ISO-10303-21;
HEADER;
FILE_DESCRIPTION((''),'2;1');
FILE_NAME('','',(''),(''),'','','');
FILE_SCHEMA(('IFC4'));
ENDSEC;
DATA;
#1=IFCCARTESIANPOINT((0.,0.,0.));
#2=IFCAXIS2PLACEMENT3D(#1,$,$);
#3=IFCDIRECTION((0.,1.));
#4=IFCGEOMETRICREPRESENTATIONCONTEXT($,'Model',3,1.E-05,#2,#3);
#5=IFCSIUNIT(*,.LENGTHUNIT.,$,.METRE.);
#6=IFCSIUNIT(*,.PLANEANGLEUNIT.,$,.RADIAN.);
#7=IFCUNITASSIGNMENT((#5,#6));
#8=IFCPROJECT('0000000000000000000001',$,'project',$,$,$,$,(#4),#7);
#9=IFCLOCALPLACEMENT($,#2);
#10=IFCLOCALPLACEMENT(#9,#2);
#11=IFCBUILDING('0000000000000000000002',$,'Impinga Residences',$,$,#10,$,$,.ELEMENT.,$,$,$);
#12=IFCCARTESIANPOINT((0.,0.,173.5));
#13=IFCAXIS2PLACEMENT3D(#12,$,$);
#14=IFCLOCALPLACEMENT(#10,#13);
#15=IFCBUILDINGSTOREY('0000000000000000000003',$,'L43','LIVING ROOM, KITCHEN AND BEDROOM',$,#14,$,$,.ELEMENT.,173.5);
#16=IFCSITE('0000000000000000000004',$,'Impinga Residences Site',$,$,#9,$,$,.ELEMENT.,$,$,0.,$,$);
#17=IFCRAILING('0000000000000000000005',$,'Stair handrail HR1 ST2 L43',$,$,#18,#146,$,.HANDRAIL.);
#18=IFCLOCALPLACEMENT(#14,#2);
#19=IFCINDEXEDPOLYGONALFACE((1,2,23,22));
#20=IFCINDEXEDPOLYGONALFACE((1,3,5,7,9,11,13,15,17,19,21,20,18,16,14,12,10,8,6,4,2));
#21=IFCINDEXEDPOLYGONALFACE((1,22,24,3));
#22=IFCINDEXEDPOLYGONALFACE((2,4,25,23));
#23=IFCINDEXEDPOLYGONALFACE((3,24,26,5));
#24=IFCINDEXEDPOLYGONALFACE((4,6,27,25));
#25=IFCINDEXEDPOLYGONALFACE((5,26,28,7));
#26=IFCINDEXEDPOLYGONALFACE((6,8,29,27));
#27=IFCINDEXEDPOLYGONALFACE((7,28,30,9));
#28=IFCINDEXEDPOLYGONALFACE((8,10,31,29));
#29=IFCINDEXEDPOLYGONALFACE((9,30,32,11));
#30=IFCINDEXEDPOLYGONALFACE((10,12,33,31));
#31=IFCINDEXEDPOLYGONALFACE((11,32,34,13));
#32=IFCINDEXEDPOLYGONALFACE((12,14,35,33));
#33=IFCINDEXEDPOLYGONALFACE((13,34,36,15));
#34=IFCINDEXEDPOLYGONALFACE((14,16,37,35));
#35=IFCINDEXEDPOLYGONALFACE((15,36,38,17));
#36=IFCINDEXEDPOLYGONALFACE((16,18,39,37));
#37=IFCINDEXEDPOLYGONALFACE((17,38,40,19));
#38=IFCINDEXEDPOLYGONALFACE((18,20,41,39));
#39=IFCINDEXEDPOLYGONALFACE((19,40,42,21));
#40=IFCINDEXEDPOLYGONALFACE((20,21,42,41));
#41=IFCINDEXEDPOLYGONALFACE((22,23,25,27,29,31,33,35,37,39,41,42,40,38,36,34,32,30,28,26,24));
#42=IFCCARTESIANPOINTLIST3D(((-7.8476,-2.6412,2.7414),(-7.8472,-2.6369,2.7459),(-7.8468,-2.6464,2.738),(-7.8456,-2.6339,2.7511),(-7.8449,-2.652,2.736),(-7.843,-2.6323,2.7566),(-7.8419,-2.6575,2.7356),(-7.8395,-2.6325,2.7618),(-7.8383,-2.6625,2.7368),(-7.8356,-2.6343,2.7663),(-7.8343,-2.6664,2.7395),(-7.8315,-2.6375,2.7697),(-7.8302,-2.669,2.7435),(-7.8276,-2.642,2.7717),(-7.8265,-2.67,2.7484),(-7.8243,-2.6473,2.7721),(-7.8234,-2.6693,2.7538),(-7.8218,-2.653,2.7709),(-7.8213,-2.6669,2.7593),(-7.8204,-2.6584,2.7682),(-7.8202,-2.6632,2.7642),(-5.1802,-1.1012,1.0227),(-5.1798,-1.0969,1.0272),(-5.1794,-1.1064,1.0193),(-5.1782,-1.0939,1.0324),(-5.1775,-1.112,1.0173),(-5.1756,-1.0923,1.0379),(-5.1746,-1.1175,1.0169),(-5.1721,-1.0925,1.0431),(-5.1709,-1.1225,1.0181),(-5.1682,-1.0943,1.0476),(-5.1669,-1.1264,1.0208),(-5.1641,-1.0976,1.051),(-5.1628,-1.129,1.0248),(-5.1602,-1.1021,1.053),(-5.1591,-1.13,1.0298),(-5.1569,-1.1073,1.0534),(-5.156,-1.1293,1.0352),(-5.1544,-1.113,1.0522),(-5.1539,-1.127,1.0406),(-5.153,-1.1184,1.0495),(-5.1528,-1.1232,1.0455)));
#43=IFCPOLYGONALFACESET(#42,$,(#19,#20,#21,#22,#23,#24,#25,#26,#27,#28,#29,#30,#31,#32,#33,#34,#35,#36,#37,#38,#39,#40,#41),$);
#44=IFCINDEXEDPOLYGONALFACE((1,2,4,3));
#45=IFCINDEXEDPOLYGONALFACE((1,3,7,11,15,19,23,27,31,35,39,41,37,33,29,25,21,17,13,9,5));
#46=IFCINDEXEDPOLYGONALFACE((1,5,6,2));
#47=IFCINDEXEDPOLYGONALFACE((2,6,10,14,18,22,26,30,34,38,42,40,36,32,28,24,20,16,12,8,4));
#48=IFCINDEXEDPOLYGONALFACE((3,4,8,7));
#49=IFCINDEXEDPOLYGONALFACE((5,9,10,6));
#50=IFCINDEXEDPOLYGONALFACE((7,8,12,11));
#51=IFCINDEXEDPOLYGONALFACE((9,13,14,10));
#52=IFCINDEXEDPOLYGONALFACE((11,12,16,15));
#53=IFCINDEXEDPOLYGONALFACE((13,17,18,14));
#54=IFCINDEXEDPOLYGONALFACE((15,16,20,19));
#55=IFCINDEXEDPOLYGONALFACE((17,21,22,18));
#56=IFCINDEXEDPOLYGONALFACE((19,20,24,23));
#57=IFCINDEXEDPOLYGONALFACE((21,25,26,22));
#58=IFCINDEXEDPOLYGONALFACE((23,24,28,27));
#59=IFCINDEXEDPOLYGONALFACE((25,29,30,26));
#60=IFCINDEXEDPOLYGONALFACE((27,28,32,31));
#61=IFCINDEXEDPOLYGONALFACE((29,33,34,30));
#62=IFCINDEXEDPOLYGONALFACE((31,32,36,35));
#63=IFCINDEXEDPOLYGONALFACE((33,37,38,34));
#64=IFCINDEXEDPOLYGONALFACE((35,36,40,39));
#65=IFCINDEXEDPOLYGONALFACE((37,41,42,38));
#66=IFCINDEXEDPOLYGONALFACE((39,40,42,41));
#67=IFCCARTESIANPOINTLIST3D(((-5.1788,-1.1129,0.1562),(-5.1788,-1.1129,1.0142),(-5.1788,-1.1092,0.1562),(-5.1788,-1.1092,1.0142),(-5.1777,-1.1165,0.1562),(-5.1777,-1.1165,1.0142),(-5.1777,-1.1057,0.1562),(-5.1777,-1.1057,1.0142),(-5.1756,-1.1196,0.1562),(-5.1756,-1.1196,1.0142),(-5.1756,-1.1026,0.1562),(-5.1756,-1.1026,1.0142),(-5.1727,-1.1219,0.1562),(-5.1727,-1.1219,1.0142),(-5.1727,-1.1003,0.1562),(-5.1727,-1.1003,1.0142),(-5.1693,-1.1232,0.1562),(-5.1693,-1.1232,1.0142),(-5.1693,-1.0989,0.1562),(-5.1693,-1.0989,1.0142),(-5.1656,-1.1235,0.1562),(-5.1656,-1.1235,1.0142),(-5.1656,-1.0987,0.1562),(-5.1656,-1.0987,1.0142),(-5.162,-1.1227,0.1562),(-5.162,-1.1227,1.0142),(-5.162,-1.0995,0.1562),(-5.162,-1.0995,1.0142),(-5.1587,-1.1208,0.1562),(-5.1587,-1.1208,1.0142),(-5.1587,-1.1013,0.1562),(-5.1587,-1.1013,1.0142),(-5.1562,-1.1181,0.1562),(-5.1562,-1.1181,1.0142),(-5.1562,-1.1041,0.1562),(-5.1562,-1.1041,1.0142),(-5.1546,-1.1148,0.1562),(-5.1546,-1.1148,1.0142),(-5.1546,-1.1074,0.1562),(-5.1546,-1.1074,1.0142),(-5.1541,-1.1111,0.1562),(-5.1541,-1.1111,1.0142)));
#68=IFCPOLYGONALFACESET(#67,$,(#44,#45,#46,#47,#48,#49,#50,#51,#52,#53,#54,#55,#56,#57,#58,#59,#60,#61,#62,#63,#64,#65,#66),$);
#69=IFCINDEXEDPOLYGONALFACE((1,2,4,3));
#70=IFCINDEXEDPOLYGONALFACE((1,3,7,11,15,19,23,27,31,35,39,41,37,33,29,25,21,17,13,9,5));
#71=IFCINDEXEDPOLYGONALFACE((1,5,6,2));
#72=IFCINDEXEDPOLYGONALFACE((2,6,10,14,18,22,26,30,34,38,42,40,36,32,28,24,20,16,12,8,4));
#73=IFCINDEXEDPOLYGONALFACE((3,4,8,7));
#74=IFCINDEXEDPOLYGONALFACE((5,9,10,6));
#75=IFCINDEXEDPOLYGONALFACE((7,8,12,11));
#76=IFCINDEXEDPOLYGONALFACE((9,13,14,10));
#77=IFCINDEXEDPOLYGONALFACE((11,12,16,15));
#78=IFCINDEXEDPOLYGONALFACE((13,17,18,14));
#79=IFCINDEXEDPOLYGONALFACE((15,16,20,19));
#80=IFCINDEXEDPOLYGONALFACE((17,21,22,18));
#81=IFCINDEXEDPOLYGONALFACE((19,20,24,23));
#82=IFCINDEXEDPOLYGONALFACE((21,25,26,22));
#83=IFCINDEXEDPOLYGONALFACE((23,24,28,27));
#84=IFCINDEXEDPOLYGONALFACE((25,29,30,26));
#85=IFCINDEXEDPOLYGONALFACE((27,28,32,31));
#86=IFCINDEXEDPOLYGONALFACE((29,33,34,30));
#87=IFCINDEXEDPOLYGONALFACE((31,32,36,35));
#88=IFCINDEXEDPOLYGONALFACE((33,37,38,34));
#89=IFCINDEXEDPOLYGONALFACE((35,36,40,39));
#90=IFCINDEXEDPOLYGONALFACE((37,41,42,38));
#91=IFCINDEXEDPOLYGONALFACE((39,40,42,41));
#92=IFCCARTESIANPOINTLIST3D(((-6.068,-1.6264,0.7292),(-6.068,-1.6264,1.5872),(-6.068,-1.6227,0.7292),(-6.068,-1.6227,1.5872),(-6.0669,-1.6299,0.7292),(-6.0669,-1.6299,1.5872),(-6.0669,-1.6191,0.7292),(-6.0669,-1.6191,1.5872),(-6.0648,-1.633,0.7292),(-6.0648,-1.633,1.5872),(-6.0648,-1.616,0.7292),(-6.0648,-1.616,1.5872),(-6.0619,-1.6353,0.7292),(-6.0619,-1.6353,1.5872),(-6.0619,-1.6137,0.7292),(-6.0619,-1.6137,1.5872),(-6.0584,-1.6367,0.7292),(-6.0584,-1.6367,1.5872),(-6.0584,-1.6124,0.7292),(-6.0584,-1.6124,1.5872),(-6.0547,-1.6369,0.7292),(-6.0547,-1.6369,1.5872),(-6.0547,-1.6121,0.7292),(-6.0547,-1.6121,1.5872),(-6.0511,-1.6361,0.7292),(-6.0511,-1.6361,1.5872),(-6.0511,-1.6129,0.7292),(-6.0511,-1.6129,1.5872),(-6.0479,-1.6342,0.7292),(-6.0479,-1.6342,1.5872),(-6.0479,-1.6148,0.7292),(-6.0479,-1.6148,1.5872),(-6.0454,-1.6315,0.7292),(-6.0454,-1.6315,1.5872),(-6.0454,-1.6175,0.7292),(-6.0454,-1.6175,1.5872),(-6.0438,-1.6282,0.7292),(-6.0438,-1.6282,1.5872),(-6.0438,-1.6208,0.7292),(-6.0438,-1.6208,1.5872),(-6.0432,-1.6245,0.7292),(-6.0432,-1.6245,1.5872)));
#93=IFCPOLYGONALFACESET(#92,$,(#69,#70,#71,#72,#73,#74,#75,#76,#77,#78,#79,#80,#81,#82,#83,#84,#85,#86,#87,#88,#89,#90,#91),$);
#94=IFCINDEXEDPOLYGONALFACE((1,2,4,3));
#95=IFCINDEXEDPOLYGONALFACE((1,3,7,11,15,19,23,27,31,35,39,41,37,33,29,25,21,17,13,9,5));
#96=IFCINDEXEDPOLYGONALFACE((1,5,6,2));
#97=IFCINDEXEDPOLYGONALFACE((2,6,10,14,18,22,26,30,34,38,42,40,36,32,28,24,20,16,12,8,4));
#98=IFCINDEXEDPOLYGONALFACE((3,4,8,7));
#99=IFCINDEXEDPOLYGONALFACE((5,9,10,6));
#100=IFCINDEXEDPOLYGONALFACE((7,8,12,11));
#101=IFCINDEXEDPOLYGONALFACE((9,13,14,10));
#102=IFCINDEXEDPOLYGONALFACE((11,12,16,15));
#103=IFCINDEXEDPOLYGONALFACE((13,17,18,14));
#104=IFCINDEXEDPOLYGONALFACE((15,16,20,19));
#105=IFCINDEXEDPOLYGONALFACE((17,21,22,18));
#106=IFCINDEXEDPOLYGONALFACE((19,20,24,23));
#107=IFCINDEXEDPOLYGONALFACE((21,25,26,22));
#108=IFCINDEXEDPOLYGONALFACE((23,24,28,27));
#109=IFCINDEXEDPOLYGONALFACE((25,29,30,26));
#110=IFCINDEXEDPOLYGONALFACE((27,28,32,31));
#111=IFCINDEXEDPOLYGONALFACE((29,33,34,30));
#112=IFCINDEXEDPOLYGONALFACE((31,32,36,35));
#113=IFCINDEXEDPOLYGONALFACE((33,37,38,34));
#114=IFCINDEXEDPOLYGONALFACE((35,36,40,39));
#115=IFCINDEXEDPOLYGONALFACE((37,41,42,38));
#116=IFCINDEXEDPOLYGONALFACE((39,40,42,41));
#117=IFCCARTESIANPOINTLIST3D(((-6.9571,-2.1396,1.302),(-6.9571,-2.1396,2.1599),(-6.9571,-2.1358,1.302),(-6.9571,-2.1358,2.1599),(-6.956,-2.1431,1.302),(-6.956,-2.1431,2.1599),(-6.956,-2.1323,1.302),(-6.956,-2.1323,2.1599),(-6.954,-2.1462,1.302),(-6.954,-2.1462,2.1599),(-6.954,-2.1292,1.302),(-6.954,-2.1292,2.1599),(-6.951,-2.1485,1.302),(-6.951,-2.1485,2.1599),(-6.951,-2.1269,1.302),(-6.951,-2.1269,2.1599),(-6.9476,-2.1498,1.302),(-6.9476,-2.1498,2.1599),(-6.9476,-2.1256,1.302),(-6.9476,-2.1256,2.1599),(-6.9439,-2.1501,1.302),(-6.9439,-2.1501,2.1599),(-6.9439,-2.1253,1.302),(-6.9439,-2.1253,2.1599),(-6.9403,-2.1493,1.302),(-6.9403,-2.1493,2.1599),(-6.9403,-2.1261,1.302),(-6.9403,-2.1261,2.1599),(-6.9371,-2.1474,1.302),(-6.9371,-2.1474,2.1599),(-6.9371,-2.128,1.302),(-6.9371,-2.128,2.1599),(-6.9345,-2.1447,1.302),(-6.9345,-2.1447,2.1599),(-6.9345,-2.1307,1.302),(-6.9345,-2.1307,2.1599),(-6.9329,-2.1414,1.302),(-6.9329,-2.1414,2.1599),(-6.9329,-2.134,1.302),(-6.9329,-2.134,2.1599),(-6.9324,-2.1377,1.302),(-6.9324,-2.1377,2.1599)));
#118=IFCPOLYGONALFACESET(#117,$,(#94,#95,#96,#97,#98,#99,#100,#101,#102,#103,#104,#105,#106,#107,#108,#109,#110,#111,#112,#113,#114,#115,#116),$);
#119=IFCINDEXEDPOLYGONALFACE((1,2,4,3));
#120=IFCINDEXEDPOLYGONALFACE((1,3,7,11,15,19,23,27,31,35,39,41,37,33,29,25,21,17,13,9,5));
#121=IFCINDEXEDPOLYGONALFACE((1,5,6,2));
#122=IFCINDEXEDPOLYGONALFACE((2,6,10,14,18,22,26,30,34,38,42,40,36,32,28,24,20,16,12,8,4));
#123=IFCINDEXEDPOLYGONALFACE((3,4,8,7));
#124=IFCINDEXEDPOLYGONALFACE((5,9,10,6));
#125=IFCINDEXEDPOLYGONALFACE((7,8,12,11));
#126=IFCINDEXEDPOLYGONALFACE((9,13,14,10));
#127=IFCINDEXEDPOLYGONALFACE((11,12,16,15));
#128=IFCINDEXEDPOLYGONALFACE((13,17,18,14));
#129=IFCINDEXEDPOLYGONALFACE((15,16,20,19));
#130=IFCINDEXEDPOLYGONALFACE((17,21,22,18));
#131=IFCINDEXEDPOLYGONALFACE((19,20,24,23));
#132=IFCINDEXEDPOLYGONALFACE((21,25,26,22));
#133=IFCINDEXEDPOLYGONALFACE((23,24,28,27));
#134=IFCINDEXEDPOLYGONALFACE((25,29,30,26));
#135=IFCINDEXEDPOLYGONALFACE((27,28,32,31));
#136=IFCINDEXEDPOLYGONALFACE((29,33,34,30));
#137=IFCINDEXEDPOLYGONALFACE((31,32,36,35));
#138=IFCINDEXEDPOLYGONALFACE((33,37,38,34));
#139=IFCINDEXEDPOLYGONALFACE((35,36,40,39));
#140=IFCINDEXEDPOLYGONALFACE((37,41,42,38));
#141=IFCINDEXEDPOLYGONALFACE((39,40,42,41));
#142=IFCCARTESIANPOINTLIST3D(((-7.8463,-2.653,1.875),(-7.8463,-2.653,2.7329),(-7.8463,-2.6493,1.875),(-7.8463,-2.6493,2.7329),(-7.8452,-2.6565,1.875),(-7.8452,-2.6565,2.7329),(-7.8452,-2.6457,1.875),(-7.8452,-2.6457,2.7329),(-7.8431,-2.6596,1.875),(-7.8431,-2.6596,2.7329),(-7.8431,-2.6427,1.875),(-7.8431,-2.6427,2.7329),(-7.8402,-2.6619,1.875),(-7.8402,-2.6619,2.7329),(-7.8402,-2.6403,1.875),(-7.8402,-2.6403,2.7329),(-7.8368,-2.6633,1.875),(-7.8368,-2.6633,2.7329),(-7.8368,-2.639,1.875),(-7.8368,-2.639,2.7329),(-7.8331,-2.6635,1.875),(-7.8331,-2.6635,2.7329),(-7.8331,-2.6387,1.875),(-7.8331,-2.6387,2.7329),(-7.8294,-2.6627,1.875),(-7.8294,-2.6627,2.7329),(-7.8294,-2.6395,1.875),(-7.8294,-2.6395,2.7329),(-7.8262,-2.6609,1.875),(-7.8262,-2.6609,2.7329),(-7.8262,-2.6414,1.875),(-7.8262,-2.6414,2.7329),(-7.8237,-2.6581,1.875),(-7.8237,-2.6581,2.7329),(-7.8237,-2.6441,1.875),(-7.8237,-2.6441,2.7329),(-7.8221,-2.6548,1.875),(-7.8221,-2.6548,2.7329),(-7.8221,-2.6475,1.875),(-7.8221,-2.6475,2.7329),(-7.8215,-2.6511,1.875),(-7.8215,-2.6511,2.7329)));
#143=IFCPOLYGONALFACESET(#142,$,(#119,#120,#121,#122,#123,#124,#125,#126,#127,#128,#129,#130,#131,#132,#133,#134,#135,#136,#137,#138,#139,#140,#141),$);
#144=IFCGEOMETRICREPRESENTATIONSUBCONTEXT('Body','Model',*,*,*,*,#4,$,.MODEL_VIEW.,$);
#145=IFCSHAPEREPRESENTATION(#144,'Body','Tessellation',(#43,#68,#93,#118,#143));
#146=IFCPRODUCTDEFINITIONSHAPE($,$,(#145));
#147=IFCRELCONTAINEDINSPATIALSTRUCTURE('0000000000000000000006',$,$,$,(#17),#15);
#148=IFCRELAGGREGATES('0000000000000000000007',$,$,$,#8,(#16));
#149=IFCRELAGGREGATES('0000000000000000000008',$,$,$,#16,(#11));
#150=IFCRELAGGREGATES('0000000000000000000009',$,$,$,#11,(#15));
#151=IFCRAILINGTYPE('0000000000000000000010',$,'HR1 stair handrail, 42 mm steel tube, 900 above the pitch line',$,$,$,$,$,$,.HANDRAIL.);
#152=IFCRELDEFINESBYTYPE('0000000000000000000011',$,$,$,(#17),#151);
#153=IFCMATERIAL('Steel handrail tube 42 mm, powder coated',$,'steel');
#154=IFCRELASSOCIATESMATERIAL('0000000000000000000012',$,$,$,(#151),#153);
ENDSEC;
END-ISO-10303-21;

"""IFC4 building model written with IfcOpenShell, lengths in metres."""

from ifc_helpers import new_model, si_unit, direction, frame, origin, origin_2d, place, context, subcontext, project, spatial, circle, extrude, material, type_object, element, save


model = new_model("IFC4")

# Units and contexts
model_context = context("Model", 3, precision=1e-05, world=origin(), true_north=direction((0.0, 1.0)))
body_context = subcontext(model_context, "Body", "Model", "MODEL_VIEW")
ifc_project = project(units=[si_unit("LENGTHUNIT", "METRE"), si_unit("PLANEANGLEUNIT", "RADIAN")], contexts=[model_context])

# Site, building, storey
site_placement = place(None, origin())
site = spatial("IfcSite", under=ifc_project, at=site_placement, Name="Impinga Residences Site", CompositionType="ELEMENT", RefElevation=0.0)
building_placement = place(site_placement, origin())
building = spatial("IfcBuilding", under=site, at=building_placement, Name="Impinga Residences", CompositionType="ELEMENT")
storey_placement = place(building_placement, frame((0.0, 0.0, 173.5)))
storey = spatial("IfcBuildingStorey", under=building, at=storey_placement, Name="L43", Description="LIVING ROOM, KITCHEN AND BEDROOM", CompositionType="ELEMENT", Elevation=173.5)

# Railing
ifc_material_1 = material(Name="Steel handrail tube 42 mm, powder coated", Category="steel")
railing_type = type_object("IfcRailingType", Name="HR1 stair handrail, 42 mm steel tube, 900 above the pitch line", PredefinedType="HANDRAIL", material=ifc_material_1)
railing_placement = place(storey_placement, frame((-5.1665, -1.1111, 0.1562)))
element("IfcRailing", 1, at=railing_placement, inside=storey, type_object=railing_type, Name="Stair handrail HR1 ST2 L43", PredefinedType="HANDRAIL", context=body_context, shape_type="SweptSolid", body=[
    extrude(circle(Radius=0.021, at=origin_2d()), frame((0.0, 0.0, 0.8789), z_axis=(-0.756256, -0.436616, 0.487282), x_axis=(0.499992, -0.86603, 0.0)), (0.0, 0.0, 1.0), 3.5271),
    extrude(circle(Radius=0.0125, at=origin_2d()), origin(), (0.0, 0.0, 1.0), 0.8579),
    extrude(circle(Radius=0.0125, at=origin_2d()), frame((-0.8892, -0.5134, 0.573)), (0.0, 0.0, 1.0), 0.8579),
    extrude(circle(Radius=0.0125, at=origin_2d()), frame((-1.7783, -1.0266, 1.1458)), (0.0, 0.0, 1.0), 0.8579),
    extrude(circle(Radius=0.0125, at=origin_2d()), frame((-2.6675, -1.54, 1.7188)), (0.0, 0.0, 1.0), 0.8579),
])

save(model, "model.ifc")
